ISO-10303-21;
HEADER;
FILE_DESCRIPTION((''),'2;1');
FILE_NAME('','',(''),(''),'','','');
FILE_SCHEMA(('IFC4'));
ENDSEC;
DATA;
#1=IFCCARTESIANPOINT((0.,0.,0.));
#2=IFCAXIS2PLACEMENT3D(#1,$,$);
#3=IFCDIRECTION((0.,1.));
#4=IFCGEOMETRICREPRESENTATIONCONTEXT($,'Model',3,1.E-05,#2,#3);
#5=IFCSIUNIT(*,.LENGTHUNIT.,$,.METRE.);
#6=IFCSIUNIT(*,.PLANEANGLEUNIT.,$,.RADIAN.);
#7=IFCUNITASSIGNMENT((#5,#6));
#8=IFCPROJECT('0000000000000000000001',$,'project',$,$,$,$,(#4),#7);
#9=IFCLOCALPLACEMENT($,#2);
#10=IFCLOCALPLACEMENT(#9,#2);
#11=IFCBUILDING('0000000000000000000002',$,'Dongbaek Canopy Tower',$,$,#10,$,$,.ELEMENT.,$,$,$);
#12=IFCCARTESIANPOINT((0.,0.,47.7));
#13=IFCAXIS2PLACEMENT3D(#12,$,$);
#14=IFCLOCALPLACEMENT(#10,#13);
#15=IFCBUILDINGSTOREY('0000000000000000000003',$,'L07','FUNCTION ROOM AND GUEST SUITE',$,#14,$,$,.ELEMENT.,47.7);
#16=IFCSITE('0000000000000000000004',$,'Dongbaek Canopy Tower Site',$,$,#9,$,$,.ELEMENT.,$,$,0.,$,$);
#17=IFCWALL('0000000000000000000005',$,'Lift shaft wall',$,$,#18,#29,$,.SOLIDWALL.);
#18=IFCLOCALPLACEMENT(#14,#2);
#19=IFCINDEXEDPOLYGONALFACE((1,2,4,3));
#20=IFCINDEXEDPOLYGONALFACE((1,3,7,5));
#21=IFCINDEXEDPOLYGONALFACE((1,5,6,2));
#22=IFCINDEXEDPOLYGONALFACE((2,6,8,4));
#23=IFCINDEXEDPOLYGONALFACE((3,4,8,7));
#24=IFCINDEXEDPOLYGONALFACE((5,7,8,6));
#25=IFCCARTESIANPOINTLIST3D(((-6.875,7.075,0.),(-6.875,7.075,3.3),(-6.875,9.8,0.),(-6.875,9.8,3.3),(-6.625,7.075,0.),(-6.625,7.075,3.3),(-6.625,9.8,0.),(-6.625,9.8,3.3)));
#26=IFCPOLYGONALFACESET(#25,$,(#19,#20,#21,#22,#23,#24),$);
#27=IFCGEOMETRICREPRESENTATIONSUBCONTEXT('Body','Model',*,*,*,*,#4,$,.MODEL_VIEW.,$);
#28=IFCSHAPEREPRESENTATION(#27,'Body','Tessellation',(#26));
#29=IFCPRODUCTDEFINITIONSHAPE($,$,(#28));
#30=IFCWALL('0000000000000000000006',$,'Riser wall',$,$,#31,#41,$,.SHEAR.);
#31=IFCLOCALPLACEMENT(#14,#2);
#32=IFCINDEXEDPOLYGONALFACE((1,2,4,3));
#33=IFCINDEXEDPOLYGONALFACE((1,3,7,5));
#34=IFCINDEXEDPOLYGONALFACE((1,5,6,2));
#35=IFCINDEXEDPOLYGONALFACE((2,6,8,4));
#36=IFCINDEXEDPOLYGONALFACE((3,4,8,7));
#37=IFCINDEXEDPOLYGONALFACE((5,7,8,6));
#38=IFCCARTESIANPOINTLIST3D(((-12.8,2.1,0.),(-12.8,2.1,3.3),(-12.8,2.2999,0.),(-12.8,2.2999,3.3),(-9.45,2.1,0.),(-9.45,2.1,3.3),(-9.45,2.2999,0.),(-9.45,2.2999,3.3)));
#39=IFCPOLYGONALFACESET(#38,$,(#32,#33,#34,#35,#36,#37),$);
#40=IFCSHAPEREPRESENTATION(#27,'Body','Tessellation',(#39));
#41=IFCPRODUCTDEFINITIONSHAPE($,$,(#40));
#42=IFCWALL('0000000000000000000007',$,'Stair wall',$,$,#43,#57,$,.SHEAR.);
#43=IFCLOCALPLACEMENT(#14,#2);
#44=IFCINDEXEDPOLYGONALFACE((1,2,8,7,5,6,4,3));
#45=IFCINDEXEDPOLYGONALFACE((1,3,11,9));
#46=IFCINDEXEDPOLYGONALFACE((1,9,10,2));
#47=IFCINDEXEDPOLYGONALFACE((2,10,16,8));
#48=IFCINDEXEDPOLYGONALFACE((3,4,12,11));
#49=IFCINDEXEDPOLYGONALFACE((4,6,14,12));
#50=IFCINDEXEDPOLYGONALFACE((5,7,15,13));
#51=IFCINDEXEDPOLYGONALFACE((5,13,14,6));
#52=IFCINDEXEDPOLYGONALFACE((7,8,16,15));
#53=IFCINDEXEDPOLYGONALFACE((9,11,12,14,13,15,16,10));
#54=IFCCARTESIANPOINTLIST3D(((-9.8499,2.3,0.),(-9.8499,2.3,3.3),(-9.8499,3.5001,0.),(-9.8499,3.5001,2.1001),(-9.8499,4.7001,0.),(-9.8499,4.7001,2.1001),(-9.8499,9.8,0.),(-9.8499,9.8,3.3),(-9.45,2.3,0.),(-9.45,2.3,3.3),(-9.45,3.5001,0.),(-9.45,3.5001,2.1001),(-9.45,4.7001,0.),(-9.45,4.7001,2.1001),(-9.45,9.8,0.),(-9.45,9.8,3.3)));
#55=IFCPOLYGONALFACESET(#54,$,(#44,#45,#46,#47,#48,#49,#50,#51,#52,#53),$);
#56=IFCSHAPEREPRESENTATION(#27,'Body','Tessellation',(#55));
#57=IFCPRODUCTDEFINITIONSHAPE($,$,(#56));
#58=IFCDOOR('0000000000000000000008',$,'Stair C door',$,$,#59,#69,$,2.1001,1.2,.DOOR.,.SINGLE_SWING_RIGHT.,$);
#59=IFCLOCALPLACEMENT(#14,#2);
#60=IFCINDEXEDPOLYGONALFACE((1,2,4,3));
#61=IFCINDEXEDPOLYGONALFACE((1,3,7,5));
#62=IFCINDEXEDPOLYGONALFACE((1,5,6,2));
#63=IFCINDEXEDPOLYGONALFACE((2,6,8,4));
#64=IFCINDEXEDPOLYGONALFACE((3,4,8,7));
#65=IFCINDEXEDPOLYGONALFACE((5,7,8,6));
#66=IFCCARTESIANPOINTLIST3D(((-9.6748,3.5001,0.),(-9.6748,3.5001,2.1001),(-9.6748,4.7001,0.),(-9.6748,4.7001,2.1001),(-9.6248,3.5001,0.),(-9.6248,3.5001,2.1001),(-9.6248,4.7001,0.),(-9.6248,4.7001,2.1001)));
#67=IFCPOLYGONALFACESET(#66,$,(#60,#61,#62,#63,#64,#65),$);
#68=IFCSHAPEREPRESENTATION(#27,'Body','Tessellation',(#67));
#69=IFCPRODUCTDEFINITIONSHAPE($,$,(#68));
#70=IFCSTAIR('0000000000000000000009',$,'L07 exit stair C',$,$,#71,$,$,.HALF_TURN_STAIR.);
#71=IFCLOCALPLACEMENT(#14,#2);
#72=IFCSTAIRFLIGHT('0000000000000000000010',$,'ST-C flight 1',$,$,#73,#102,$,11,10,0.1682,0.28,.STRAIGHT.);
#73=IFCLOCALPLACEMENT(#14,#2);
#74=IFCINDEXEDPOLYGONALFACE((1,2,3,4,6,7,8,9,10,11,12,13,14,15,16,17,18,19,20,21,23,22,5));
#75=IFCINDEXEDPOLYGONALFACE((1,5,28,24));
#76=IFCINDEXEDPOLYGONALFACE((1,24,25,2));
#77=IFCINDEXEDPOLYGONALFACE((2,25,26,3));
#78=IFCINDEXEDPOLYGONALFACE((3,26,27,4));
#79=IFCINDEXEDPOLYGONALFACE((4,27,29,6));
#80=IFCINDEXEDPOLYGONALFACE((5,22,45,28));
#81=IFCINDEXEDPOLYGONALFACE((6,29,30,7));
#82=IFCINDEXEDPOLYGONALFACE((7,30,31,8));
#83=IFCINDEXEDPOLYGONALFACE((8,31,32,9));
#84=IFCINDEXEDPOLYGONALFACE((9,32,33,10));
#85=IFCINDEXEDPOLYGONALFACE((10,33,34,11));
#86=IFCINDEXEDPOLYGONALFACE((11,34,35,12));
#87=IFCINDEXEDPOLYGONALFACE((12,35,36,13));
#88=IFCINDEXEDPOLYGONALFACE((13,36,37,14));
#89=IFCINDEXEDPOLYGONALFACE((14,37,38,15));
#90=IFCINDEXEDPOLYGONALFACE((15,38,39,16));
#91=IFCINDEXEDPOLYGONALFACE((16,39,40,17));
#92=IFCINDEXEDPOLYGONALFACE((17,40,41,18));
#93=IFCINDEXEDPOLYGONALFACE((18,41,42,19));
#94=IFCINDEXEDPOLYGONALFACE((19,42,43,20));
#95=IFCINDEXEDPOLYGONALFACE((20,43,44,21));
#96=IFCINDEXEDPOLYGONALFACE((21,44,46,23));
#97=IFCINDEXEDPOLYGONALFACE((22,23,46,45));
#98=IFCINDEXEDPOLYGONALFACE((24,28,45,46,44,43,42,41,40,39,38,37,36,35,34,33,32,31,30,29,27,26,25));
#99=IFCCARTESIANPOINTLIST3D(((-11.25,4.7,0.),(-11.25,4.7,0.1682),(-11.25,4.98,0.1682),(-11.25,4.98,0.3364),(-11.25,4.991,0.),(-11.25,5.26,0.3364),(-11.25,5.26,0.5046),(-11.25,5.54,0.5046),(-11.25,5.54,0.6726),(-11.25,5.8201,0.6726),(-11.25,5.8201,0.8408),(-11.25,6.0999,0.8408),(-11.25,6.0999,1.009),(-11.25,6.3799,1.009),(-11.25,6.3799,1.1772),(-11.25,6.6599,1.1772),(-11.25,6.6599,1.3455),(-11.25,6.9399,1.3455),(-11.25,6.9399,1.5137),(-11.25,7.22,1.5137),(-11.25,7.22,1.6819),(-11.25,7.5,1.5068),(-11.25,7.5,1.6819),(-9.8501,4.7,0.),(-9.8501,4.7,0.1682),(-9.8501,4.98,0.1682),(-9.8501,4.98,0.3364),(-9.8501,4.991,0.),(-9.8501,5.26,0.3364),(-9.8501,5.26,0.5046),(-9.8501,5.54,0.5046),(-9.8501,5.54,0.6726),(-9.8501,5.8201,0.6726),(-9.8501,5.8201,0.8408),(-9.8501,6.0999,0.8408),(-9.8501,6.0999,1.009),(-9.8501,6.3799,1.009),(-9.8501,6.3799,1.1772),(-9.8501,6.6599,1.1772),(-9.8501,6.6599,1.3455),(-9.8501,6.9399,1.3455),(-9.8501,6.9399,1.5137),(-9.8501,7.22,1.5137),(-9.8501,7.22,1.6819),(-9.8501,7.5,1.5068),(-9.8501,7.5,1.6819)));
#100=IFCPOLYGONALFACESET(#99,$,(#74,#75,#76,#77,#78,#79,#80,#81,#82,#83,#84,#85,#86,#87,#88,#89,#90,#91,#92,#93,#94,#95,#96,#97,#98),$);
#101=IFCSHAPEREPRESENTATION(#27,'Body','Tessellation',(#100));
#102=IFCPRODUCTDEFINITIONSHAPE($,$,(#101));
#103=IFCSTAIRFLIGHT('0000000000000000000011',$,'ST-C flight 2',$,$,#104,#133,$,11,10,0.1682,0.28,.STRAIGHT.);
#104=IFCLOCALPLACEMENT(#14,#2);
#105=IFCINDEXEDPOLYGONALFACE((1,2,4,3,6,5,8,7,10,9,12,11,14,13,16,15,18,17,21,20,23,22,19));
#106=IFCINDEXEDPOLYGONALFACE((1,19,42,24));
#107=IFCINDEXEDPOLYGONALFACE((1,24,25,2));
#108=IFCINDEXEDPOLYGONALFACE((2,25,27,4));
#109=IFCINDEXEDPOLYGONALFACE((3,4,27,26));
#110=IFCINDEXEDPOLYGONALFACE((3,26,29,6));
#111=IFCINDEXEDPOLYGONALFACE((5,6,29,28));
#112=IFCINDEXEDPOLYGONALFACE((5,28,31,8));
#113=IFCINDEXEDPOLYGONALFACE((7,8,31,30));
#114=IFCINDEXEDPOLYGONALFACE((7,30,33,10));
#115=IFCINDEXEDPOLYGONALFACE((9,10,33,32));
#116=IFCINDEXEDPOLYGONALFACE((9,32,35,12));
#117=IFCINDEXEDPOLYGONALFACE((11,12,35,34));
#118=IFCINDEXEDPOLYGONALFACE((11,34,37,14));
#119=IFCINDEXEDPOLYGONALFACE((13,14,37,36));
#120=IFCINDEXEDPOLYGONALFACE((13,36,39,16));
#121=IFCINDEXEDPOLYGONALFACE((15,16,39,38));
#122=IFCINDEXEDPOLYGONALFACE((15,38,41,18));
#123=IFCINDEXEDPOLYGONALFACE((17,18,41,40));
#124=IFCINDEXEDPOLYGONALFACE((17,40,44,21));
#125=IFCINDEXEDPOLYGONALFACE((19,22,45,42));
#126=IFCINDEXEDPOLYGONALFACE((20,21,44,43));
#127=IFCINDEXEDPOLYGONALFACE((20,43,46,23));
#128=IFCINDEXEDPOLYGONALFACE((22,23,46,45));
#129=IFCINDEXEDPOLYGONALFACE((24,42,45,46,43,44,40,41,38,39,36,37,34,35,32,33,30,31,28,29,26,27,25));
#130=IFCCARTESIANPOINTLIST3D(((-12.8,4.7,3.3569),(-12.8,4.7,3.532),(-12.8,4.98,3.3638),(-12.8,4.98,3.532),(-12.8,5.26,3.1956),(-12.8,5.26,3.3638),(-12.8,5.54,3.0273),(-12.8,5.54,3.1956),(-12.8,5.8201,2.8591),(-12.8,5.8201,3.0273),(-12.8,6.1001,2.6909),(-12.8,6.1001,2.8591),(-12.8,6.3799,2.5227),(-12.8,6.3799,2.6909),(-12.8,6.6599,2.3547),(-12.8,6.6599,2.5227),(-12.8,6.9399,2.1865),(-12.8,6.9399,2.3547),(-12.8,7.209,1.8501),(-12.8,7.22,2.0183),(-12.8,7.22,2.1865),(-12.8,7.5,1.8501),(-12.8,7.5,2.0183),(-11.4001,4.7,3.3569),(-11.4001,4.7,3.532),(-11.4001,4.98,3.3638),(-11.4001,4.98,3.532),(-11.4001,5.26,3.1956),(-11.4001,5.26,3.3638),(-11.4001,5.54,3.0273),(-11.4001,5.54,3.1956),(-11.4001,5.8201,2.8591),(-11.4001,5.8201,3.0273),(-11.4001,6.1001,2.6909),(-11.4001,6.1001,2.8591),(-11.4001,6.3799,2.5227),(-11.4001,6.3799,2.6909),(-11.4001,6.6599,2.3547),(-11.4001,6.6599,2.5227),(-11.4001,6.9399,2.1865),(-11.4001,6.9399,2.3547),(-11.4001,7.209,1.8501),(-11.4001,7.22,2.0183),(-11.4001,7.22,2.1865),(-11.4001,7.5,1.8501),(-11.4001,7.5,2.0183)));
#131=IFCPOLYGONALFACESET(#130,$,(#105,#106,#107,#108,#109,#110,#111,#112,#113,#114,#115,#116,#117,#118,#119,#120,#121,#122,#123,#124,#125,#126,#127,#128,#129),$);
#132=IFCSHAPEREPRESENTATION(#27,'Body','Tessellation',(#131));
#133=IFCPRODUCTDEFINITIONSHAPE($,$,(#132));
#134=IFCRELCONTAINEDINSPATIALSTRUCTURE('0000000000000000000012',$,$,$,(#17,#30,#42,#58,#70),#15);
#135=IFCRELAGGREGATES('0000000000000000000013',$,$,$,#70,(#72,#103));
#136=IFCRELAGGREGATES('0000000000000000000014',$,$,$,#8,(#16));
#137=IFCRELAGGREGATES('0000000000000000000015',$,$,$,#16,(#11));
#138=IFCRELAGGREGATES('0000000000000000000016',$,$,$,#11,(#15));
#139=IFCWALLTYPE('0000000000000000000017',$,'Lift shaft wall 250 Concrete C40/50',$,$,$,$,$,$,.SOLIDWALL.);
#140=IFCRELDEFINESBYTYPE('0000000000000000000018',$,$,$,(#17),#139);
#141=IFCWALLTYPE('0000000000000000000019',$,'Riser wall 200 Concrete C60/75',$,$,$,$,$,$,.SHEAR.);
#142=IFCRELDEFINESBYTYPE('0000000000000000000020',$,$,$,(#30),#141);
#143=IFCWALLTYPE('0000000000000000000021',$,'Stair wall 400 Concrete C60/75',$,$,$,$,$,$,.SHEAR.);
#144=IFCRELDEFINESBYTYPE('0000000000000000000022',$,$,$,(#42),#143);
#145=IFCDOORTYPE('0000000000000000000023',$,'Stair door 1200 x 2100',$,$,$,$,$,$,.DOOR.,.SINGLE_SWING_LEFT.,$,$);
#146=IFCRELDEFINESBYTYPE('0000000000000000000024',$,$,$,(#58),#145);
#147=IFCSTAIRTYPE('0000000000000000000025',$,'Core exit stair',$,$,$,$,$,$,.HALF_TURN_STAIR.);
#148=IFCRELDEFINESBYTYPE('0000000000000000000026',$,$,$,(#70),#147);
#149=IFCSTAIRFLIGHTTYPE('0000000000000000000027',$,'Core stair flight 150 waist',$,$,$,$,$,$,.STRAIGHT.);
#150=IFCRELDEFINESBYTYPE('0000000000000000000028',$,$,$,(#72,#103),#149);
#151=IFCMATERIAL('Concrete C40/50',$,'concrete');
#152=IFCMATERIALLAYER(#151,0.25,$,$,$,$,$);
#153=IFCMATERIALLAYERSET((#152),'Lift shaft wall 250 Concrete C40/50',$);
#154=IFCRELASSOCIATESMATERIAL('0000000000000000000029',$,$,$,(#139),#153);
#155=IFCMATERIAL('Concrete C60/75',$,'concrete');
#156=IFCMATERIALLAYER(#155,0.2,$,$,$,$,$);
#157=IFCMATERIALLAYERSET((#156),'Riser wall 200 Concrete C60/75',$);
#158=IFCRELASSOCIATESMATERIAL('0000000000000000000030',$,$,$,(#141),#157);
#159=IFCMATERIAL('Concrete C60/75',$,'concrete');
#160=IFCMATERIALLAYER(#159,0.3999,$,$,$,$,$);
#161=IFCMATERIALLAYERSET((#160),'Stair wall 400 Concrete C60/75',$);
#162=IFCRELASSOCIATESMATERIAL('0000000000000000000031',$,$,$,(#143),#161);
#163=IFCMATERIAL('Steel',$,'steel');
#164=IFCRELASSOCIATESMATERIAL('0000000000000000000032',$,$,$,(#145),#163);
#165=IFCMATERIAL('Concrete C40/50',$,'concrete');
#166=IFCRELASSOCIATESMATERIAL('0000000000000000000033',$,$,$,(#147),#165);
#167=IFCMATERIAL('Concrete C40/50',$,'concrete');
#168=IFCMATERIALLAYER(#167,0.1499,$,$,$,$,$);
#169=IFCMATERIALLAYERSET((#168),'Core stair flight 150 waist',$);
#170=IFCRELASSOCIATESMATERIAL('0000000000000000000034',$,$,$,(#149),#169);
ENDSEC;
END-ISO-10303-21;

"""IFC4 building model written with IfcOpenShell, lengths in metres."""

from ifc_helpers import new_model, si_unit, direction, frame, frame_2d, origin, place, context, subcontext, project, spatial, polyline, rectangle, outline, extrude, material, layer, layer_set, type_object, element, fill, aggregate, save


model = new_model("IFC4")

# Units and contexts
model_context = context("Model", 3, precision=1e-05, world=origin(), true_north=direction((0.0, 1.0)))
body_context = subcontext(model_context, "Body", "Model", "MODEL_VIEW")
ifc_project = project(units=[si_unit("LENGTHUNIT", "METRE"), si_unit("PLANEANGLEUNIT", "RADIAN")], contexts=[model_context])

# Site, building, storey
site_placement = place(None, origin())
site = spatial("IfcSite", under=ifc_project, at=site_placement, Name="Dongbaek Canopy Tower Site", CompositionType="ELEMENT", RefElevation=0.0)
building_placement = place(site_placement, origin())
building = spatial("IfcBuilding", under=site, at=building_placement, Name="Dongbaek Canopy Tower", CompositionType="ELEMENT")
storey_placement = place(building_placement, frame((0.0, 0.0, 47.7)))
storey = spatial("IfcBuildingStorey", under=building, at=storey_placement, Name="L07", Description="FUNCTION ROOM AND GUEST SUITE", CompositionType="ELEMENT", Elevation=47.7)

# Walls
ifc_material_1 = material(Name="Concrete C40/50", Category="concrete")
ifc_layer_1 = layer(ifc_material_1, 0.25)
ifc_layer_set_1 = layer_set([ifc_layer_1], Name="Lift shaft wall 250 Concrete C40/50")
wall_type_1 = type_object("IfcWallType", Name="Lift shaft wall 250 Concrete C40/50", PredefinedType="SOLIDWALL", material=ifc_layer_set_1)
for number, where, z_axis, x_axis, name in (
    (1, (-6.75, 7.075, 0.0), (0.0, 0.0, 1.0), (0.0, 1.0, 0.0), "Lift shaft wall"),
):
    element("IfcWall", number, at=place(storey_placement, frame(where, z_axis=z_axis, x_axis=x_axis)), inside=storey, type_object=wall_type_1, Name=name, PredefinedType="SOLIDWALL", context=body_context, shape_type="SweptSolid", body=[
        extrude(rectangle(XDim=2.7251, YDim=0.25, at=frame_2d((1.3625, 0.0))), origin(), (0.0, 0.0, 1.0), 3.3),
    ])
ifc_material_2 = material(Name="Concrete C60/75", Category="concrete")
ifc_layer_2 = layer(ifc_material_2, 0.2)
ifc_layer_set_2 = layer_set([ifc_layer_2], Name="Riser wall 200 Concrete C60/75")
wall_type_2 = type_object("IfcWallType", Name="Riser wall 200 Concrete C60/75", PredefinedType="SHEAR", material=ifc_layer_set_2)
wall_1_placement = place(storey_placement, frame((-9.45, 2.2, 0.0), z_axis=(0.0, 0.0, 1.0), x_axis=(-1.0, 0.0, 0.0)))
element("IfcWall", 2, at=wall_1_placement, inside=storey, type_object=wall_type_2, Name="Riser wall", PredefinedType="SHEAR", context=body_context, shape_type="SweptSolid", body=[
    extrude(rectangle(XDim=3.3501, YDim=0.2, at=frame_2d((1.675, 0.0))), origin(), (0.0, 0.0, 1.0), 3.3),
])

# Wall, opening, door
ifc_material_3 = material(Name="Concrete C60/75", Category="concrete")
ifc_layer_3 = layer(ifc_material_3, 0.3999)
ifc_layer_set_3 = layer_set([ifc_layer_3], Name="Stair wall 400 Concrete C60/75")
wall_type_3 = type_object("IfcWallType", Name="Stair wall 400 Concrete C60/75", PredefinedType="SHEAR", material=ifc_layer_set_3)
wall_2_placement = place(storey_placement, frame((-9.6499, 2.3, 0.0), z_axis=(0.0, 0.0, 1.0), x_axis=(0.0, 1.0, 0.0)))
wall_2 = element("IfcWall", 3, at=wall_2_placement, inside=storey, type_object=wall_type_3, Name="Stair wall", PredefinedType="SHEAR", context=body_context, shape_type="SweptSolid", body=[
    extrude(rectangle(XDim=7.5, YDim=0.3999, at=frame_2d((3.75, 0.0))), origin(), (0.0, 0.0, 1.0), 3.3),
])
opening_1_placement = place(wall_2_placement, frame((1.2, 0.0, 0.0)))
opening_1 = element("IfcOpeningElement", 4, at=opening_1_placement, cuts=wall_2, PredefinedType="OPENING", context=body_context, shape_type="SweptSolid", body=[
    extrude(rectangle(XDim=1.2, YDim=2.1001, at=frame_2d((0.6001, 1.05))), frame((0.0, 0.21, 0.0), z_axis=(0.0, -1.0, 0.0), x_axis=(1.0, 0.0, 0.0)), (0.0, 0.0, 1.0), 0.4199),
])
ifc_material_4 = material(Name="Steel", Category="steel")
door_type_1 = type_object("IfcDoorType", Name="Stair door 1200 x 2100", OperationType="SINGLE_SWING_LEFT", PredefinedType="DOOR", material=ifc_material_4)
door_1_placement = place(opening_1_placement, origin())
door_1 = element("IfcDoor", 5, at=door_1_placement, inside=storey, type_object=door_type_1, Name="Stair C door", OperationType="SINGLE_SWING_RIGHT", OverallHeight=2.1001, OverallWidth=1.2, PredefinedType="DOOR", context=body_context, shape_type="SweptSolid", body=[
    extrude(rectangle(XDim=1.2, YDim=2.1001, at=frame_2d((0.6001, 1.05))), frame((0.0, 0.0249, 0.0), z_axis=(0.0, -1.0, 0.0), x_axis=(1.0, 0.0, 0.0)), (0.0, 0.0, 1.0), 0.05),
])
fill(opening_1, door_1)

# Stair, stair flights
ifc_material_5 = material(Name="Concrete C40/50", Category="concrete")
stair_type = type_object("IfcStairType", Name="Core exit stair", PredefinedType="HALF_TURN_STAIR", material=ifc_material_5)
stair_placement = place(storey_placement, origin())
stair = element("IfcStair", 6, at=stair_placement, inside=storey, type_object=stair_type, Name="L07 exit stair C", PredefinedType="HALF_TURN_STAIR")
ifc_material_6 = material(Name="Concrete C40/50", Category="concrete")
ifc_layer_4 = layer(ifc_material_6, 0.1499)
ifc_layer_set_4 = layer_set([ifc_layer_4], Name="Core stair flight 150 waist")
stair_flight_type = type_object("IfcStairFlightType", Name="Core stair flight 150 waist", PredefinedType="STRAIGHT", material=ifc_layer_set_4)
stair_flight_1_placement = place(storey_placement, frame((-10.55, 4.7, 0.0), z_axis=(0.0, 0.0, 1.0), x_axis=(0.0, 1.0, 0.0)))
stair_flight_1 = element("IfcStairFlight", 7, at=stair_flight_1_placement, type_object=stair_flight_type, Name="ST-C flight 1", NumberOfRisers=11, NumberOfTreads=10, PredefinedType="STRAIGHT", RiserHeight=0.1682, TreadLength=0.28, context=body_context, shape_type="SweptSolid", body=[
    extrude(outline(polyline([(0.0, 0.0), (0.0, 0.1682), (0.28, 0.1682), (0.28, 0.3364), (0.5601, 0.3364), (0.5601, 0.5046), (0.8401, 0.5046), (0.8401, 0.6726), (1.1201, 0.6726), (1.1201, 0.8408), (1.3999, 0.8408), (1.3999, 1.009), (1.6799, 1.009), (1.6799, 1.1772), (1.96, 1.1772), (1.96, 1.3455), (2.24, 1.3455), (2.24, 1.5137), (2.52, 1.5137), (2.52, 1.6819), (2.8, 1.6819), (2.8, 1.8501), (2.8, 1.5068), (0.291, 0.0), (0.0, 0.0)])), frame((0.0, 0.7, 0.0), z_axis=(0.0, -1.0, 0.0), x_axis=(1.0, 0.0, 0.0)), (0.0, 0.0, 1.0), 1.3999),
])
stair_flight_2_placement = place(storey_placement, frame((-12.1001, 7.5, 1.8501), z_axis=(0.0, 0.0, 1.0), x_axis=(0.0, -1.0, 0.0)))
stair_flight_2 = element("IfcStairFlight", 8, at=stair_flight_2_placement, type_object=stair_flight_type, Name="ST-C flight 2", NumberOfRisers=11, NumberOfTreads=10, PredefinedType="STRAIGHT", RiserHeight=0.1682, TreadLength=0.28, context=body_context, shape_type="SweptSolid", body=[
    extrude(outline(polyline([(0.0, 0.0), (0.0, 0.1682), (0.28, 0.1682), (0.28, 0.3364), (0.5601, 0.3364), (0.5601, 0.5046), (0.8401, 0.5046), (0.8401, 0.6726), (1.1201, 0.6726), (1.1201, 0.8408), (1.3999, 0.8408), (1.3999, 1.009), (1.6799, 1.009), (1.6799, 1.1772), (1.96, 1.1772), (1.96, 1.3455), (2.24, 1.3455), (2.24, 1.5137), (2.52, 1.5137), (2.52, 1.6819), (2.8, 1.6819), (2.8, 1.8501), (2.8, 1.5068), (0.291, 0.0), (0.0, 0.0)])), frame((0.0, 0.7, 0.0), z_axis=(0.0, -1.0, 0.0), x_axis=(1.0, 0.0, 0.0)), (0.0, 0.0, 1.0), 1.3999),
])
aggregate(stair, [stair_flight_1, stair_flight_2])

save(model, "model.ifc")
